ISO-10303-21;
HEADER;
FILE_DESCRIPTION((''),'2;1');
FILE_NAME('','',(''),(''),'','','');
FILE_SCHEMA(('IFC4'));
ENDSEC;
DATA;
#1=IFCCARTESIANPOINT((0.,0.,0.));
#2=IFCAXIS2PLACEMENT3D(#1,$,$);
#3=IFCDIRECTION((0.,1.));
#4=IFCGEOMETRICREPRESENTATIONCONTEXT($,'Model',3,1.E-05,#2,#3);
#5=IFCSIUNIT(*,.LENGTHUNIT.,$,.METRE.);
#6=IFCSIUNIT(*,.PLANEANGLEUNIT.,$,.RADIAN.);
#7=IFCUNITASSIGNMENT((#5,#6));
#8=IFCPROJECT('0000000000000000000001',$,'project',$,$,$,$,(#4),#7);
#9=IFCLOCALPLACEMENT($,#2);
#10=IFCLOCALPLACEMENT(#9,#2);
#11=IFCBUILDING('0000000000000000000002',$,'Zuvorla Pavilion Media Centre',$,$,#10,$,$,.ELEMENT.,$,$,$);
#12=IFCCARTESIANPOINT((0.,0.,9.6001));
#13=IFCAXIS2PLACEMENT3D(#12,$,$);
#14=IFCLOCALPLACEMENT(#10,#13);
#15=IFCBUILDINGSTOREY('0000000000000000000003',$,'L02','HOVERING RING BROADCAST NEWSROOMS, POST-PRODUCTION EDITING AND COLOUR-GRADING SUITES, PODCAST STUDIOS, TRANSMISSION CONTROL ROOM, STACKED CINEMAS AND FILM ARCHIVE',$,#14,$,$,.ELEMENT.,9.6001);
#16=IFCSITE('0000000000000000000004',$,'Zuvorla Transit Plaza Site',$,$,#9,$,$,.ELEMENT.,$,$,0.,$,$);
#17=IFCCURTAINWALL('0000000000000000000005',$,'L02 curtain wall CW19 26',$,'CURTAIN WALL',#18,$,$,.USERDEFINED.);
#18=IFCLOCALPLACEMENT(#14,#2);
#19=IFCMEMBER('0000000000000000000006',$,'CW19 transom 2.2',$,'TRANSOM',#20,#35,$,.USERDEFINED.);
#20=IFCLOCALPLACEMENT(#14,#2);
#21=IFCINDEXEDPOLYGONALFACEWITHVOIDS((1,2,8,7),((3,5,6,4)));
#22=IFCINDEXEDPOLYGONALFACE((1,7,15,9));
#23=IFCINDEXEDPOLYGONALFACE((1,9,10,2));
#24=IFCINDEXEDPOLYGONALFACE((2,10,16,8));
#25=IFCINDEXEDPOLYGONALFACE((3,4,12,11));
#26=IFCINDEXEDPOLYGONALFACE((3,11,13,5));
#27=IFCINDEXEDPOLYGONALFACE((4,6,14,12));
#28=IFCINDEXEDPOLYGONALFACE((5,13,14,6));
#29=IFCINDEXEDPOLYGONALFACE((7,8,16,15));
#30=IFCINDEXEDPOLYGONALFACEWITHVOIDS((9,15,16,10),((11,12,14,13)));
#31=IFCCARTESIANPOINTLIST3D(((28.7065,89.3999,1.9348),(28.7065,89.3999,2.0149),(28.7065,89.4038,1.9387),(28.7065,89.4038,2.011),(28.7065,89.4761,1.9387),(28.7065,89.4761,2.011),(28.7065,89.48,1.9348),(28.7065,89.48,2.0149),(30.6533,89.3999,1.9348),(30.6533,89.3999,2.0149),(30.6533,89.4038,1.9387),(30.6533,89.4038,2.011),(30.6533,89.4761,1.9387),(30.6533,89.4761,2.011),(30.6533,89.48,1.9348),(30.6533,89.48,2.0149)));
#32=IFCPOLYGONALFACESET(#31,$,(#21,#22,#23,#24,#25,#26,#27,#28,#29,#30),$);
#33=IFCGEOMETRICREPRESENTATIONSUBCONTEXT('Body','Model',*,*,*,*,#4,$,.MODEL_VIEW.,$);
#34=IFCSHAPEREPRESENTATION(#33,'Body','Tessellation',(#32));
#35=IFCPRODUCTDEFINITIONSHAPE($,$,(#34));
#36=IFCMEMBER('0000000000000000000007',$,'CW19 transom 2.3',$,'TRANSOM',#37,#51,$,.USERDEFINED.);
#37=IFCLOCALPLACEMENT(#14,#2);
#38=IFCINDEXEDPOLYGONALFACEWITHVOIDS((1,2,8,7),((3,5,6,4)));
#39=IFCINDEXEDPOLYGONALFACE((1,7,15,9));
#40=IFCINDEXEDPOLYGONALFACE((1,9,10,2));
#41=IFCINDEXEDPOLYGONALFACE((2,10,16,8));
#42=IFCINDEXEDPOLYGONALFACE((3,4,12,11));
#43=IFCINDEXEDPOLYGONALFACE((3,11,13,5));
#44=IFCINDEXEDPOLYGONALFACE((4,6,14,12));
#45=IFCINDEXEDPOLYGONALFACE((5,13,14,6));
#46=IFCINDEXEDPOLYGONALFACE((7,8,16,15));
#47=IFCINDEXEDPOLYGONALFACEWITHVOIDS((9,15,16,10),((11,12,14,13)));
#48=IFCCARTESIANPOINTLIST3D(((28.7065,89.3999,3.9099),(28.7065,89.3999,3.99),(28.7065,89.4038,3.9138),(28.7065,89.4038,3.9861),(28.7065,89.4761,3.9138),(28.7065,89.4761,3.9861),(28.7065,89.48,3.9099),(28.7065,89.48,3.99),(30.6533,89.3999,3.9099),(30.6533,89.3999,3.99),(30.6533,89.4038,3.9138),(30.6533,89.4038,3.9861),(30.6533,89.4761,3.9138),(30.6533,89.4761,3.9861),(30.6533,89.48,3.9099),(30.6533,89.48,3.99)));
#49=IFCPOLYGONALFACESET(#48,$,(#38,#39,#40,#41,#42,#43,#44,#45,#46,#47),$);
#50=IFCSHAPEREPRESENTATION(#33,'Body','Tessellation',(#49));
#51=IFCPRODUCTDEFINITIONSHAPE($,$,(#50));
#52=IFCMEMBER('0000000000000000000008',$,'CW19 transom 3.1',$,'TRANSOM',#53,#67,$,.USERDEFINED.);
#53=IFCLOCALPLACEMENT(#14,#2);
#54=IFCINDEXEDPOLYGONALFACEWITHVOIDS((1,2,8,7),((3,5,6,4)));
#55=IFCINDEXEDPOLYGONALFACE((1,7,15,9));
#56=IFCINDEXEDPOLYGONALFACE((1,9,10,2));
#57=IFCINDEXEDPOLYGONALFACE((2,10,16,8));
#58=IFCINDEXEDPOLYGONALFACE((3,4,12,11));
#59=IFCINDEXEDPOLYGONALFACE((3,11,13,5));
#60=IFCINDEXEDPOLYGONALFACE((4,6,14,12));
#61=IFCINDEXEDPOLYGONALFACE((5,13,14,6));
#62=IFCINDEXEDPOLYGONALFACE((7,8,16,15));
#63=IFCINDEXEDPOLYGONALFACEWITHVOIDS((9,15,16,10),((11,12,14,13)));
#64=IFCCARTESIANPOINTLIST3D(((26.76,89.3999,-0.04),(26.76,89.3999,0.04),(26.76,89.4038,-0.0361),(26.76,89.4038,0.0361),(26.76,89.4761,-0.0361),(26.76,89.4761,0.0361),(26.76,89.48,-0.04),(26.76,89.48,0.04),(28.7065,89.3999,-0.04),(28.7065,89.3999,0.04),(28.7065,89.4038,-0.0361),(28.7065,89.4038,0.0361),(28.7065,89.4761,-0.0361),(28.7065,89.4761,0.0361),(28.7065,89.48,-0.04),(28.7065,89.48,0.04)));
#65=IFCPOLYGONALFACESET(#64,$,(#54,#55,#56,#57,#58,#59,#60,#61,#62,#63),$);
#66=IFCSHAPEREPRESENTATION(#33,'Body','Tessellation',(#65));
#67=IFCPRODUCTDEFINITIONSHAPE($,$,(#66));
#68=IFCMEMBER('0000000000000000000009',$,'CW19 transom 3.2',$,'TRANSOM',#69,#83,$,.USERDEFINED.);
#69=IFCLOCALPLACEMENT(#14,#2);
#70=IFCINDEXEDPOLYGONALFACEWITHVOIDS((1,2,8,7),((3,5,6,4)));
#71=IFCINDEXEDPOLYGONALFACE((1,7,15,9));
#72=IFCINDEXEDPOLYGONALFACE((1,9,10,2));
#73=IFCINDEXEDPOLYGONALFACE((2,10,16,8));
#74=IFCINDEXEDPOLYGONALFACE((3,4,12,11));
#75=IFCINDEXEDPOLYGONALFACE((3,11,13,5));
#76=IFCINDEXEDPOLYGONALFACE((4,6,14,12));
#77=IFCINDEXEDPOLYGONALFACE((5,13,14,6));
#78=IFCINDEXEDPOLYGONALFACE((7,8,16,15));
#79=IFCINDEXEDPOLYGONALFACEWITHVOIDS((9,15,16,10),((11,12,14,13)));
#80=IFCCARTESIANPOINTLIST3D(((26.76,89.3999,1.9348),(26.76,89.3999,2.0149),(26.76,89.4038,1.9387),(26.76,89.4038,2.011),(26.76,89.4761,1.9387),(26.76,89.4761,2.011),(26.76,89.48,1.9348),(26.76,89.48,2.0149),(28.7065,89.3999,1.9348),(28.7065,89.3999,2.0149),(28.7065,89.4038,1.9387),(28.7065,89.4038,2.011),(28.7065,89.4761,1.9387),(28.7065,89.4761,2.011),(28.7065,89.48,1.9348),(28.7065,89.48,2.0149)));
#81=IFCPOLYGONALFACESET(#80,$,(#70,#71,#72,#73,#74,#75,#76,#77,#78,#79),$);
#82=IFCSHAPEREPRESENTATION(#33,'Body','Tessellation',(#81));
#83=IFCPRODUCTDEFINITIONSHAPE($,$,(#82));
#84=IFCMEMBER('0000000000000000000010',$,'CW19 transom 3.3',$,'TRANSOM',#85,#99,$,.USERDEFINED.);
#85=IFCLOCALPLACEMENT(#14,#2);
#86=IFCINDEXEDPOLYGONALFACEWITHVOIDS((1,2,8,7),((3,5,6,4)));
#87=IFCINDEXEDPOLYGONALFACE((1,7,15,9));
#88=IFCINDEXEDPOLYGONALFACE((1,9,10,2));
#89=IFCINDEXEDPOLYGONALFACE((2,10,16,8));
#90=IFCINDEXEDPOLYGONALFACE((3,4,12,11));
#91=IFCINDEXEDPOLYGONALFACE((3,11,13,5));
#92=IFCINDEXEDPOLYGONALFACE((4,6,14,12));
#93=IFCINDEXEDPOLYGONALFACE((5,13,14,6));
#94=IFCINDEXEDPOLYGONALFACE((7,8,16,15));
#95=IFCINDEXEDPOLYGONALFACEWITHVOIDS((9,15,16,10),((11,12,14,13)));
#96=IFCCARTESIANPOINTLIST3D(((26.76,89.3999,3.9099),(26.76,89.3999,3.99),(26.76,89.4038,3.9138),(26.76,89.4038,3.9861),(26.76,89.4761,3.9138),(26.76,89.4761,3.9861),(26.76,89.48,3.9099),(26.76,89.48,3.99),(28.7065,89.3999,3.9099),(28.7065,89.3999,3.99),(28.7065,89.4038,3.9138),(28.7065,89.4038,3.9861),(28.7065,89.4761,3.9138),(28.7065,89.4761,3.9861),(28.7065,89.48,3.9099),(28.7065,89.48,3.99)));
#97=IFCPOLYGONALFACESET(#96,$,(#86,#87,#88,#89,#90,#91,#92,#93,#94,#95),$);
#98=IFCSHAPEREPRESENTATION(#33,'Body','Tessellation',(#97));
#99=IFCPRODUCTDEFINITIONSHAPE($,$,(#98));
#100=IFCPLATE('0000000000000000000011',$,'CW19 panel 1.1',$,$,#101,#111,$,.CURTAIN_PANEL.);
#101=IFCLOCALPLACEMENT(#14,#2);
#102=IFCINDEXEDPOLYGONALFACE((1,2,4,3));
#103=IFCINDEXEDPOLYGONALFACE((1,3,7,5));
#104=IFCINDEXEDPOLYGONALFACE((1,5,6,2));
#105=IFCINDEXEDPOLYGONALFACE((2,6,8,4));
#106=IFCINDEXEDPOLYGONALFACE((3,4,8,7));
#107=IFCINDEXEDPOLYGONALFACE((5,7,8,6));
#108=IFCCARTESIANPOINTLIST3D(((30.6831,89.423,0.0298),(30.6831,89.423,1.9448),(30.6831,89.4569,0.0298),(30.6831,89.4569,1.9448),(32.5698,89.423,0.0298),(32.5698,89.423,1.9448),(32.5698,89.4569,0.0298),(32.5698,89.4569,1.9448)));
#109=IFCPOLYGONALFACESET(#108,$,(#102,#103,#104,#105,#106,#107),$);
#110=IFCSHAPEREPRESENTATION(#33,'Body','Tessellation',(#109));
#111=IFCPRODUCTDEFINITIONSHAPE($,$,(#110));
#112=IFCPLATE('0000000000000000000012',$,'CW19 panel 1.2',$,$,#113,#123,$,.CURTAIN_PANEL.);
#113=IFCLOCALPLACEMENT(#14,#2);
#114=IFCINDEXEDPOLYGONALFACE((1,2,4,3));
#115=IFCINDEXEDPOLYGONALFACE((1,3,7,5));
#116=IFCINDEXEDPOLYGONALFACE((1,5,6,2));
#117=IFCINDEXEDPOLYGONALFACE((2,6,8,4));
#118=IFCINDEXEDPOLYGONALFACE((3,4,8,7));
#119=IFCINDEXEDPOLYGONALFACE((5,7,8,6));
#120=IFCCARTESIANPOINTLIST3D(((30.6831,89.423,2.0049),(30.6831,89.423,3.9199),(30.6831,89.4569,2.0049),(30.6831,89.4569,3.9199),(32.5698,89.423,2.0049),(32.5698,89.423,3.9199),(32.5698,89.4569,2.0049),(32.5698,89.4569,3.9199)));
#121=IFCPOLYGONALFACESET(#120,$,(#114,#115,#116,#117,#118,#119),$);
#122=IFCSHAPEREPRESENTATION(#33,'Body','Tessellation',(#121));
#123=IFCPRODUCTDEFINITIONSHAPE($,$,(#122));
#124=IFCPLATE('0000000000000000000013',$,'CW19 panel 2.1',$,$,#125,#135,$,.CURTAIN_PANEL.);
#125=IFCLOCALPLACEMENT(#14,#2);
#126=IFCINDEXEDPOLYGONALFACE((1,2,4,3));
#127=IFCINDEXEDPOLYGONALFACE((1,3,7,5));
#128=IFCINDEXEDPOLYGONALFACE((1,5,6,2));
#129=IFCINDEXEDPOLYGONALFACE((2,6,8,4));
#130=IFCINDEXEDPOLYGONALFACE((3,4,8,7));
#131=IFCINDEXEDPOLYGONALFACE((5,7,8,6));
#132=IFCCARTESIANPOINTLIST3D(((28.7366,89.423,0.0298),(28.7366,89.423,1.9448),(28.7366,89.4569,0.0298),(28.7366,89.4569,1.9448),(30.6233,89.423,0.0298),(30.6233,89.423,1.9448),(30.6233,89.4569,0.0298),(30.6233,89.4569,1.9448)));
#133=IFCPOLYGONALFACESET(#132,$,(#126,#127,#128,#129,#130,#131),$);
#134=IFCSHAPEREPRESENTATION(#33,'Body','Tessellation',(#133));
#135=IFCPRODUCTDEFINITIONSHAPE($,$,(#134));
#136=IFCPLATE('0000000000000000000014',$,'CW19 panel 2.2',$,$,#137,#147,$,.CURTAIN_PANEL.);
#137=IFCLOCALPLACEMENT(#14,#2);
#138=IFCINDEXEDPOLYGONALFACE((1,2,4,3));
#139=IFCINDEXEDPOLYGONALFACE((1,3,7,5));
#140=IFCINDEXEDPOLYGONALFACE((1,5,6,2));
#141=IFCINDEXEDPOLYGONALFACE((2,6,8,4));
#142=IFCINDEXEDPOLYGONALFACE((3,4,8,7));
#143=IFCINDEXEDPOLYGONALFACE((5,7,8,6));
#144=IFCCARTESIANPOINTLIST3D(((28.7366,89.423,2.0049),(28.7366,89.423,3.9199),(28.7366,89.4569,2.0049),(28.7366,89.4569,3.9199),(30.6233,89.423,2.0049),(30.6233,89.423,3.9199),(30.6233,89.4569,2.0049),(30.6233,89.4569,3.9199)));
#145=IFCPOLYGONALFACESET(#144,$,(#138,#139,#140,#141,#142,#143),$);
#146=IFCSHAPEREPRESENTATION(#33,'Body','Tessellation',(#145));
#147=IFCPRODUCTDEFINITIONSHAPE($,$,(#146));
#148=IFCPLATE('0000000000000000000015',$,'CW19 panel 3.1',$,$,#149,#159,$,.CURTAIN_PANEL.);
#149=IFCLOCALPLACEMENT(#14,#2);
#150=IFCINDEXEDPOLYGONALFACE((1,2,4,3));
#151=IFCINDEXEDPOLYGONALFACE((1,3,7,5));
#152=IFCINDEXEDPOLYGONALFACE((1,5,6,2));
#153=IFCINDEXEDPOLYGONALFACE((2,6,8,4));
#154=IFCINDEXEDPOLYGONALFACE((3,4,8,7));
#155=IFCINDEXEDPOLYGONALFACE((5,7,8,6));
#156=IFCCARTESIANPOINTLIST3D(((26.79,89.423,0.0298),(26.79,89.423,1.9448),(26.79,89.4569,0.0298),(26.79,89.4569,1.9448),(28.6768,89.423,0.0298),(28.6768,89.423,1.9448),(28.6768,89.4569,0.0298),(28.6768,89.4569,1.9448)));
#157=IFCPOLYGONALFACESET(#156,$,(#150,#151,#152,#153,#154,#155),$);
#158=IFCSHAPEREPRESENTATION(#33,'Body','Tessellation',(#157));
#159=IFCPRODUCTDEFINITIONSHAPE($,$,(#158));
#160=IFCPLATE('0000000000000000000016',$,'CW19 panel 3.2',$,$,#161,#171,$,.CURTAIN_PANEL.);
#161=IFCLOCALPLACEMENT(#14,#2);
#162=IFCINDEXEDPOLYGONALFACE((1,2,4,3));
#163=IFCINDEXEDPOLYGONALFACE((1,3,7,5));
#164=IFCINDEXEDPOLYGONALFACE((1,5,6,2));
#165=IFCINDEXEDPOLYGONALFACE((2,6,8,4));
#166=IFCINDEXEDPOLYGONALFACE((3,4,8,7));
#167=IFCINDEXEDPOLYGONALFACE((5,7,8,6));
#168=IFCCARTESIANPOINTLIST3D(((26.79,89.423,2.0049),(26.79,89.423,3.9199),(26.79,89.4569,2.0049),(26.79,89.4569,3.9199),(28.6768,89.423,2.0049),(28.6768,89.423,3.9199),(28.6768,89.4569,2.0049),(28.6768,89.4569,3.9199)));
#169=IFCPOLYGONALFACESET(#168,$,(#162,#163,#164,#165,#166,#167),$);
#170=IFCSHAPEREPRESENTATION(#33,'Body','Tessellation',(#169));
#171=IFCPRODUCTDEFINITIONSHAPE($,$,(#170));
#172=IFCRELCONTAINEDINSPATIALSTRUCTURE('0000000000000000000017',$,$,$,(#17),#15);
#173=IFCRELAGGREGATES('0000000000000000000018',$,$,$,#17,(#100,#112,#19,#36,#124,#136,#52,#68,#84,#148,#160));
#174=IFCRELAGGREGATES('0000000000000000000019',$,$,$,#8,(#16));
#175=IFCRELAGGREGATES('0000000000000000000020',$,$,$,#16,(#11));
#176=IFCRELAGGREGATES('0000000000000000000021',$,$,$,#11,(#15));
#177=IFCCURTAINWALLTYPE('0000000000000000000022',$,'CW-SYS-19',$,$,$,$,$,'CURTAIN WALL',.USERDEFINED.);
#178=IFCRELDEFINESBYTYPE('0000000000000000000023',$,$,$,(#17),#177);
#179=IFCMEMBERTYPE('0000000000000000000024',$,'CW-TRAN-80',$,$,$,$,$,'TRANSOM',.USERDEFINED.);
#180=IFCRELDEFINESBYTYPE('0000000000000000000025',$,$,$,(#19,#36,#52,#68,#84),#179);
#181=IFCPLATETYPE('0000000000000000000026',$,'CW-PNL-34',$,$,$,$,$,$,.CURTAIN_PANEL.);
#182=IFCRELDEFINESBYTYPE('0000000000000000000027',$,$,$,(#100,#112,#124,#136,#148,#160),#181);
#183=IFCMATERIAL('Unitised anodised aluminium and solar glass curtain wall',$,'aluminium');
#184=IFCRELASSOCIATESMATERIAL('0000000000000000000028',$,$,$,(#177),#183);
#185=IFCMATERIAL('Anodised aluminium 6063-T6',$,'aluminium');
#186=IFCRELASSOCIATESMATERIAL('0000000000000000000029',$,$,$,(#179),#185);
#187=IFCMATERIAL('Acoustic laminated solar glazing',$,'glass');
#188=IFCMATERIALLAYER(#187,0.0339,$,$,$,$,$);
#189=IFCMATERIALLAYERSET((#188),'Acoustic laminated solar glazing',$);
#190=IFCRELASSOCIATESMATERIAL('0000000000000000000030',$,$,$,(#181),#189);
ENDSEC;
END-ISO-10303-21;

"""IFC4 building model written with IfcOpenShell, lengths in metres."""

from ifc_helpers import new_model, si_unit, direction, frame, origin, origin_2d, place, context, subcontext, project, spatial, rectangle, hollow_rectangle, extrude, material, layer, layer_set, material_profile, profile_set, type_object, element, aggregate, save


model = new_model("IFC4")

# Units and contexts
model_context = context("Model", 3, precision=1e-05, world=origin(), true_north=direction((0.0, 1.0)))
body_context = subcontext(model_context, "Body", "Model", "MODEL_VIEW")
ifc_project = project(units=[si_unit("LENGTHUNIT", "METRE"), si_unit("PLANEANGLEUNIT", "RADIAN")], contexts=[model_context])

# Site, building, storey
site_placement = place(None, origin())
site = spatial("IfcSite", under=ifc_project, at=site_placement, Name="Zuvorla Transit Plaza Site", CompositionType="ELEMENT", RefElevation=0.0)
building_placement = place(site_placement, origin())
building = spatial("IfcBuilding", under=site, at=building_placement, Name="Zuvorla Pavilion Media Centre", CompositionType="ELEMENT")
storey_placement = place(building_placement, frame((0.0, 0.0, 9.6001)))
storey = spatial("IfcBuildingStorey", under=building, at=storey_placement, Name="L02", Description="HOVERING RING BROADCAST NEWSROOMS, POST-PRODUCTION EDITING AND COLOUR-GRADING SUITES, PODCAST STUDIOS, TRANSMISSION CONTROL ROOM, STACKED CINEMAS AND FILM ARCHIVE", CompositionType="ELEMENT", Elevation=9.6001)

# Curtain wall, members, plates
ifc_material_1 = material(Name="Unitised anodised aluminium and solar glass curtain wall", Category="aluminium")
curtain_wall_type = type_object("IfcCurtainWallType", Name="CW-SYS-19", ElementType="CURTAIN WALL", PredefinedType="USERDEFINED", material=ifc_material_1)
curtain_wall_placement = place(storey_placement, origin())
curtain_wall = element("IfcCurtainWall", 1, at=curtain_wall_placement, inside=storey, type_object=curtain_wall_type, Name="L02 curtain wall CW19 26", ObjectType="CURTAIN WALL", PredefinedType="USERDEFINED")
ifc_material_2 = material(Name="Anodised aluminium 6063-T6", Category="aluminium")
ifc_material_profile_1 = material_profile(ifc_material_2, hollow_rectangle(XDim=0.0801, YDim=0.0801, WallThickness=0.0039, at=origin_2d()), Name="ALU TRAN 80x80")
ifc_profile_set_1 = profile_set([ifc_material_profile_1], Name="Anodised aluminium 6063-T6")
member_type_1 = type_object("IfcMemberType", Name="CW-TRAN-80", ElementType="TRANSOM", PredefinedType="USERDEFINED", material=ifc_profile_set_1)
member_1_placement = place(storey_placement, frame((30.6533, 89.4399, 1.9749), z_axis=(-1.0, 0.0, 0.0), x_axis=(0.0, -1.0, 0.0)))
member_1 = element("IfcMember", 2, at=member_1_placement, type_object=member_type_1, Name="CW19 transom 2.2", ObjectType="TRANSOM", PredefinedType="USERDEFINED", context=body_context, shape_type="SweptSolid", body=[
    extrude(hollow_rectangle(XDim=0.0801, YDim=0.0801, WallThickness=0.0039, at=origin_2d()), origin(), (0.0, 0.0, 1.0), 1.9468),
])
member_2_placement = place(storey_placement, frame((30.6533, 89.4399, 3.95), z_axis=(-1.0, 0.0, 0.0), x_axis=(0.0, -1.0, 0.0)))
member_2 = element("IfcMember", 3, at=member_2_placement, type_object=member_type_1, Name="CW19 transom 2.3", ObjectType="TRANSOM", PredefinedType="USERDEFINED", context=body_context, shape_type="SweptSolid", body=[
    extrude(hollow_rectangle(XDim=0.0801, YDim=0.0801, WallThickness=0.0039, at=origin_2d()), origin(), (0.0, 0.0, 1.0), 1.9468),
])
member_3_placement = place(storey_placement, frame((28.7065, 89.4399, 0.0), z_axis=(-1.0, 0.0, 0.0), x_axis=(0.0, -1.0, 0.0)))
member_3 = element("IfcMember", 4, at=member_3_placement, type_object=member_type_1, Name="CW19 transom 3.1", ObjectType="TRANSOM", PredefinedType="USERDEFINED", context=body_context, shape_type="SweptSolid", body=[
    extrude(hollow_rectangle(XDim=0.0801, YDim=0.0801, WallThickness=0.0039, at=origin_2d()), origin(), (0.0, 0.0, 1.0), 1.9465),
])
member_4_placement = place(storey_placement, frame((28.7065, 89.4399, 1.9749), z_axis=(-1.0, 0.0, 0.0), x_axis=(0.0, -1.0, 0.0)))
member_4 = element("IfcMember", 5, at=member_4_placement, type_object=member_type_1, Name="CW19 transom 3.2", ObjectType="TRANSOM", PredefinedType="USERDEFINED", context=body_context, shape_type="SweptSolid", body=[
    extrude(hollow_rectangle(XDim=0.0801, YDim=0.0801, WallThickness=0.0039, at=origin_2d()), origin(), (0.0, 0.0, 1.0), 1.9465),
])
member_5_placement = place(storey_placement, frame((28.7065, 89.4399, 3.95), z_axis=(-1.0, 0.0, 0.0), x_axis=(0.0, -1.0, 0.0)))
member_5 = element("IfcMember", 6, at=member_5_placement, type_object=member_type_1, Name="CW19 transom 3.3", ObjectType="TRANSOM", PredefinedType="USERDEFINED", context=body_context, shape_type="SweptSolid", body=[
    extrude(hollow_rectangle(XDim=0.0801, YDim=0.0801, WallThickness=0.0039, at=origin_2d()), origin(), (0.0, 0.0, 1.0), 1.9465),
])
ifc_material_3 = material(Name="Acoustic laminated solar glazing", Category="glass")
ifc_layer_1 = layer(ifc_material_3, 0.0339)
ifc_layer_set_1 = layer_set([ifc_layer_1], Name="Acoustic laminated solar glazing")
plate_type = type_object("IfcPlateType", Name="CW-PNL-34", PredefinedType="CURTAIN_PANEL", material=ifc_layer_set_1)
plate_1_placement = place(storey_placement, frame((31.6265, 89.4399, 0.0298), z_axis=(0.0, 0.0, 1.0), x_axis=(-1.0, 0.0, 0.0)))
plate_1 = element("IfcPlate", 7, at=plate_1_placement, type_object=plate_type, Name="CW19 panel 1.1", PredefinedType="CURTAIN_PANEL", context=body_context, shape_type="SweptSolid", body=[
    extrude(rectangle(XDim=1.8867, YDim=0.0339, at=origin_2d()), origin(), (0.0, 0.0, 1.0), 1.915),
])
plate_2_placement = place(storey_placement, frame((31.6265, 89.4399, 2.0049), z_axis=(0.0, 0.0, 1.0), x_axis=(-1.0, 0.0, 0.0)))
plate_2 = element("IfcPlate", 8, at=plate_2_placement, type_object=plate_type, Name="CW19 panel 1.2", PredefinedType="CURTAIN_PANEL", context=body_context, shape_type="SweptSolid", body=[
    extrude(rectangle(XDim=1.8867, YDim=0.0339, at=origin_2d()), origin(), (0.0, 0.0, 1.0), 1.915),
])
plate_3_placement = place(storey_placement, frame((29.6799, 89.4399, 0.0298), z_axis=(0.0, 0.0, 1.0), x_axis=(-1.0, 0.0, 0.0)))
plate_3 = element("IfcPlate", 9, at=plate_3_placement, type_object=plate_type, Name="CW19 panel 2.1", PredefinedType="CURTAIN_PANEL", context=body_context, shape_type="SweptSolid", body=[
    extrude(rectangle(XDim=1.8867, YDim=0.0339, at=origin_2d()), origin(), (0.0, 0.0, 1.0), 1.915),
])
plate_4_placement = place(storey_placement, frame((29.6799, 89.4399, 2.0049), z_axis=(0.0, 0.0, 1.0), x_axis=(-1.0, 0.0, 0.0)))
plate_4 = element("IfcPlate", 10, at=plate_4_placement, type_object=plate_type, Name="CW19 panel 2.2", PredefinedType="CURTAIN_PANEL", context=body_context, shape_type="SweptSolid", body=[
    extrude(rectangle(XDim=1.8867, YDim=0.0339, at=origin_2d()), origin(), (0.0, 0.0, 1.0), 1.915),
])
plate_5_placement = place(storey_placement, frame((27.7334, 89.4399, 0.0298), z_axis=(0.0, 0.0, 1.0), x_axis=(-1.0, 0.0, 0.0)))
plate_5 = element("IfcPlate", 11, at=plate_5_placement, type_object=plate_type, Name="CW19 panel 3.1", PredefinedType="CURTAIN_PANEL", context=body_context, shape_type="SweptSolid", body=[
    extrude(rectangle(XDim=1.8867, YDim=0.0339, at=origin_2d()), origin(), (0.0, 0.0, 1.0), 1.915),
])
plate_6_placement = place(storey_placement, frame((27.7334, 89.4399, 2.0049), z_axis=(0.0, 0.0, 1.0), x_axis=(-1.0, 0.0, 0.0)))
plate_6 = element("IfcPlate", 12, at=plate_6_placement, type_object=plate_type, Name="CW19 panel 3.2", PredefinedType="CURTAIN_PANEL", context=body_context, shape_type="SweptSolid", body=[
    extrude(rectangle(XDim=1.8867, YDim=0.0339, at=origin_2d()), origin(), (0.0, 0.0, 1.0), 1.915),
])
aggregate(curtain_wall, [plate_1, plate_2, member_1, member_2, plate_3, plate_4, member_3, member_4, member_5, plate_5, plate_6])

save(model, "model.ifc")
